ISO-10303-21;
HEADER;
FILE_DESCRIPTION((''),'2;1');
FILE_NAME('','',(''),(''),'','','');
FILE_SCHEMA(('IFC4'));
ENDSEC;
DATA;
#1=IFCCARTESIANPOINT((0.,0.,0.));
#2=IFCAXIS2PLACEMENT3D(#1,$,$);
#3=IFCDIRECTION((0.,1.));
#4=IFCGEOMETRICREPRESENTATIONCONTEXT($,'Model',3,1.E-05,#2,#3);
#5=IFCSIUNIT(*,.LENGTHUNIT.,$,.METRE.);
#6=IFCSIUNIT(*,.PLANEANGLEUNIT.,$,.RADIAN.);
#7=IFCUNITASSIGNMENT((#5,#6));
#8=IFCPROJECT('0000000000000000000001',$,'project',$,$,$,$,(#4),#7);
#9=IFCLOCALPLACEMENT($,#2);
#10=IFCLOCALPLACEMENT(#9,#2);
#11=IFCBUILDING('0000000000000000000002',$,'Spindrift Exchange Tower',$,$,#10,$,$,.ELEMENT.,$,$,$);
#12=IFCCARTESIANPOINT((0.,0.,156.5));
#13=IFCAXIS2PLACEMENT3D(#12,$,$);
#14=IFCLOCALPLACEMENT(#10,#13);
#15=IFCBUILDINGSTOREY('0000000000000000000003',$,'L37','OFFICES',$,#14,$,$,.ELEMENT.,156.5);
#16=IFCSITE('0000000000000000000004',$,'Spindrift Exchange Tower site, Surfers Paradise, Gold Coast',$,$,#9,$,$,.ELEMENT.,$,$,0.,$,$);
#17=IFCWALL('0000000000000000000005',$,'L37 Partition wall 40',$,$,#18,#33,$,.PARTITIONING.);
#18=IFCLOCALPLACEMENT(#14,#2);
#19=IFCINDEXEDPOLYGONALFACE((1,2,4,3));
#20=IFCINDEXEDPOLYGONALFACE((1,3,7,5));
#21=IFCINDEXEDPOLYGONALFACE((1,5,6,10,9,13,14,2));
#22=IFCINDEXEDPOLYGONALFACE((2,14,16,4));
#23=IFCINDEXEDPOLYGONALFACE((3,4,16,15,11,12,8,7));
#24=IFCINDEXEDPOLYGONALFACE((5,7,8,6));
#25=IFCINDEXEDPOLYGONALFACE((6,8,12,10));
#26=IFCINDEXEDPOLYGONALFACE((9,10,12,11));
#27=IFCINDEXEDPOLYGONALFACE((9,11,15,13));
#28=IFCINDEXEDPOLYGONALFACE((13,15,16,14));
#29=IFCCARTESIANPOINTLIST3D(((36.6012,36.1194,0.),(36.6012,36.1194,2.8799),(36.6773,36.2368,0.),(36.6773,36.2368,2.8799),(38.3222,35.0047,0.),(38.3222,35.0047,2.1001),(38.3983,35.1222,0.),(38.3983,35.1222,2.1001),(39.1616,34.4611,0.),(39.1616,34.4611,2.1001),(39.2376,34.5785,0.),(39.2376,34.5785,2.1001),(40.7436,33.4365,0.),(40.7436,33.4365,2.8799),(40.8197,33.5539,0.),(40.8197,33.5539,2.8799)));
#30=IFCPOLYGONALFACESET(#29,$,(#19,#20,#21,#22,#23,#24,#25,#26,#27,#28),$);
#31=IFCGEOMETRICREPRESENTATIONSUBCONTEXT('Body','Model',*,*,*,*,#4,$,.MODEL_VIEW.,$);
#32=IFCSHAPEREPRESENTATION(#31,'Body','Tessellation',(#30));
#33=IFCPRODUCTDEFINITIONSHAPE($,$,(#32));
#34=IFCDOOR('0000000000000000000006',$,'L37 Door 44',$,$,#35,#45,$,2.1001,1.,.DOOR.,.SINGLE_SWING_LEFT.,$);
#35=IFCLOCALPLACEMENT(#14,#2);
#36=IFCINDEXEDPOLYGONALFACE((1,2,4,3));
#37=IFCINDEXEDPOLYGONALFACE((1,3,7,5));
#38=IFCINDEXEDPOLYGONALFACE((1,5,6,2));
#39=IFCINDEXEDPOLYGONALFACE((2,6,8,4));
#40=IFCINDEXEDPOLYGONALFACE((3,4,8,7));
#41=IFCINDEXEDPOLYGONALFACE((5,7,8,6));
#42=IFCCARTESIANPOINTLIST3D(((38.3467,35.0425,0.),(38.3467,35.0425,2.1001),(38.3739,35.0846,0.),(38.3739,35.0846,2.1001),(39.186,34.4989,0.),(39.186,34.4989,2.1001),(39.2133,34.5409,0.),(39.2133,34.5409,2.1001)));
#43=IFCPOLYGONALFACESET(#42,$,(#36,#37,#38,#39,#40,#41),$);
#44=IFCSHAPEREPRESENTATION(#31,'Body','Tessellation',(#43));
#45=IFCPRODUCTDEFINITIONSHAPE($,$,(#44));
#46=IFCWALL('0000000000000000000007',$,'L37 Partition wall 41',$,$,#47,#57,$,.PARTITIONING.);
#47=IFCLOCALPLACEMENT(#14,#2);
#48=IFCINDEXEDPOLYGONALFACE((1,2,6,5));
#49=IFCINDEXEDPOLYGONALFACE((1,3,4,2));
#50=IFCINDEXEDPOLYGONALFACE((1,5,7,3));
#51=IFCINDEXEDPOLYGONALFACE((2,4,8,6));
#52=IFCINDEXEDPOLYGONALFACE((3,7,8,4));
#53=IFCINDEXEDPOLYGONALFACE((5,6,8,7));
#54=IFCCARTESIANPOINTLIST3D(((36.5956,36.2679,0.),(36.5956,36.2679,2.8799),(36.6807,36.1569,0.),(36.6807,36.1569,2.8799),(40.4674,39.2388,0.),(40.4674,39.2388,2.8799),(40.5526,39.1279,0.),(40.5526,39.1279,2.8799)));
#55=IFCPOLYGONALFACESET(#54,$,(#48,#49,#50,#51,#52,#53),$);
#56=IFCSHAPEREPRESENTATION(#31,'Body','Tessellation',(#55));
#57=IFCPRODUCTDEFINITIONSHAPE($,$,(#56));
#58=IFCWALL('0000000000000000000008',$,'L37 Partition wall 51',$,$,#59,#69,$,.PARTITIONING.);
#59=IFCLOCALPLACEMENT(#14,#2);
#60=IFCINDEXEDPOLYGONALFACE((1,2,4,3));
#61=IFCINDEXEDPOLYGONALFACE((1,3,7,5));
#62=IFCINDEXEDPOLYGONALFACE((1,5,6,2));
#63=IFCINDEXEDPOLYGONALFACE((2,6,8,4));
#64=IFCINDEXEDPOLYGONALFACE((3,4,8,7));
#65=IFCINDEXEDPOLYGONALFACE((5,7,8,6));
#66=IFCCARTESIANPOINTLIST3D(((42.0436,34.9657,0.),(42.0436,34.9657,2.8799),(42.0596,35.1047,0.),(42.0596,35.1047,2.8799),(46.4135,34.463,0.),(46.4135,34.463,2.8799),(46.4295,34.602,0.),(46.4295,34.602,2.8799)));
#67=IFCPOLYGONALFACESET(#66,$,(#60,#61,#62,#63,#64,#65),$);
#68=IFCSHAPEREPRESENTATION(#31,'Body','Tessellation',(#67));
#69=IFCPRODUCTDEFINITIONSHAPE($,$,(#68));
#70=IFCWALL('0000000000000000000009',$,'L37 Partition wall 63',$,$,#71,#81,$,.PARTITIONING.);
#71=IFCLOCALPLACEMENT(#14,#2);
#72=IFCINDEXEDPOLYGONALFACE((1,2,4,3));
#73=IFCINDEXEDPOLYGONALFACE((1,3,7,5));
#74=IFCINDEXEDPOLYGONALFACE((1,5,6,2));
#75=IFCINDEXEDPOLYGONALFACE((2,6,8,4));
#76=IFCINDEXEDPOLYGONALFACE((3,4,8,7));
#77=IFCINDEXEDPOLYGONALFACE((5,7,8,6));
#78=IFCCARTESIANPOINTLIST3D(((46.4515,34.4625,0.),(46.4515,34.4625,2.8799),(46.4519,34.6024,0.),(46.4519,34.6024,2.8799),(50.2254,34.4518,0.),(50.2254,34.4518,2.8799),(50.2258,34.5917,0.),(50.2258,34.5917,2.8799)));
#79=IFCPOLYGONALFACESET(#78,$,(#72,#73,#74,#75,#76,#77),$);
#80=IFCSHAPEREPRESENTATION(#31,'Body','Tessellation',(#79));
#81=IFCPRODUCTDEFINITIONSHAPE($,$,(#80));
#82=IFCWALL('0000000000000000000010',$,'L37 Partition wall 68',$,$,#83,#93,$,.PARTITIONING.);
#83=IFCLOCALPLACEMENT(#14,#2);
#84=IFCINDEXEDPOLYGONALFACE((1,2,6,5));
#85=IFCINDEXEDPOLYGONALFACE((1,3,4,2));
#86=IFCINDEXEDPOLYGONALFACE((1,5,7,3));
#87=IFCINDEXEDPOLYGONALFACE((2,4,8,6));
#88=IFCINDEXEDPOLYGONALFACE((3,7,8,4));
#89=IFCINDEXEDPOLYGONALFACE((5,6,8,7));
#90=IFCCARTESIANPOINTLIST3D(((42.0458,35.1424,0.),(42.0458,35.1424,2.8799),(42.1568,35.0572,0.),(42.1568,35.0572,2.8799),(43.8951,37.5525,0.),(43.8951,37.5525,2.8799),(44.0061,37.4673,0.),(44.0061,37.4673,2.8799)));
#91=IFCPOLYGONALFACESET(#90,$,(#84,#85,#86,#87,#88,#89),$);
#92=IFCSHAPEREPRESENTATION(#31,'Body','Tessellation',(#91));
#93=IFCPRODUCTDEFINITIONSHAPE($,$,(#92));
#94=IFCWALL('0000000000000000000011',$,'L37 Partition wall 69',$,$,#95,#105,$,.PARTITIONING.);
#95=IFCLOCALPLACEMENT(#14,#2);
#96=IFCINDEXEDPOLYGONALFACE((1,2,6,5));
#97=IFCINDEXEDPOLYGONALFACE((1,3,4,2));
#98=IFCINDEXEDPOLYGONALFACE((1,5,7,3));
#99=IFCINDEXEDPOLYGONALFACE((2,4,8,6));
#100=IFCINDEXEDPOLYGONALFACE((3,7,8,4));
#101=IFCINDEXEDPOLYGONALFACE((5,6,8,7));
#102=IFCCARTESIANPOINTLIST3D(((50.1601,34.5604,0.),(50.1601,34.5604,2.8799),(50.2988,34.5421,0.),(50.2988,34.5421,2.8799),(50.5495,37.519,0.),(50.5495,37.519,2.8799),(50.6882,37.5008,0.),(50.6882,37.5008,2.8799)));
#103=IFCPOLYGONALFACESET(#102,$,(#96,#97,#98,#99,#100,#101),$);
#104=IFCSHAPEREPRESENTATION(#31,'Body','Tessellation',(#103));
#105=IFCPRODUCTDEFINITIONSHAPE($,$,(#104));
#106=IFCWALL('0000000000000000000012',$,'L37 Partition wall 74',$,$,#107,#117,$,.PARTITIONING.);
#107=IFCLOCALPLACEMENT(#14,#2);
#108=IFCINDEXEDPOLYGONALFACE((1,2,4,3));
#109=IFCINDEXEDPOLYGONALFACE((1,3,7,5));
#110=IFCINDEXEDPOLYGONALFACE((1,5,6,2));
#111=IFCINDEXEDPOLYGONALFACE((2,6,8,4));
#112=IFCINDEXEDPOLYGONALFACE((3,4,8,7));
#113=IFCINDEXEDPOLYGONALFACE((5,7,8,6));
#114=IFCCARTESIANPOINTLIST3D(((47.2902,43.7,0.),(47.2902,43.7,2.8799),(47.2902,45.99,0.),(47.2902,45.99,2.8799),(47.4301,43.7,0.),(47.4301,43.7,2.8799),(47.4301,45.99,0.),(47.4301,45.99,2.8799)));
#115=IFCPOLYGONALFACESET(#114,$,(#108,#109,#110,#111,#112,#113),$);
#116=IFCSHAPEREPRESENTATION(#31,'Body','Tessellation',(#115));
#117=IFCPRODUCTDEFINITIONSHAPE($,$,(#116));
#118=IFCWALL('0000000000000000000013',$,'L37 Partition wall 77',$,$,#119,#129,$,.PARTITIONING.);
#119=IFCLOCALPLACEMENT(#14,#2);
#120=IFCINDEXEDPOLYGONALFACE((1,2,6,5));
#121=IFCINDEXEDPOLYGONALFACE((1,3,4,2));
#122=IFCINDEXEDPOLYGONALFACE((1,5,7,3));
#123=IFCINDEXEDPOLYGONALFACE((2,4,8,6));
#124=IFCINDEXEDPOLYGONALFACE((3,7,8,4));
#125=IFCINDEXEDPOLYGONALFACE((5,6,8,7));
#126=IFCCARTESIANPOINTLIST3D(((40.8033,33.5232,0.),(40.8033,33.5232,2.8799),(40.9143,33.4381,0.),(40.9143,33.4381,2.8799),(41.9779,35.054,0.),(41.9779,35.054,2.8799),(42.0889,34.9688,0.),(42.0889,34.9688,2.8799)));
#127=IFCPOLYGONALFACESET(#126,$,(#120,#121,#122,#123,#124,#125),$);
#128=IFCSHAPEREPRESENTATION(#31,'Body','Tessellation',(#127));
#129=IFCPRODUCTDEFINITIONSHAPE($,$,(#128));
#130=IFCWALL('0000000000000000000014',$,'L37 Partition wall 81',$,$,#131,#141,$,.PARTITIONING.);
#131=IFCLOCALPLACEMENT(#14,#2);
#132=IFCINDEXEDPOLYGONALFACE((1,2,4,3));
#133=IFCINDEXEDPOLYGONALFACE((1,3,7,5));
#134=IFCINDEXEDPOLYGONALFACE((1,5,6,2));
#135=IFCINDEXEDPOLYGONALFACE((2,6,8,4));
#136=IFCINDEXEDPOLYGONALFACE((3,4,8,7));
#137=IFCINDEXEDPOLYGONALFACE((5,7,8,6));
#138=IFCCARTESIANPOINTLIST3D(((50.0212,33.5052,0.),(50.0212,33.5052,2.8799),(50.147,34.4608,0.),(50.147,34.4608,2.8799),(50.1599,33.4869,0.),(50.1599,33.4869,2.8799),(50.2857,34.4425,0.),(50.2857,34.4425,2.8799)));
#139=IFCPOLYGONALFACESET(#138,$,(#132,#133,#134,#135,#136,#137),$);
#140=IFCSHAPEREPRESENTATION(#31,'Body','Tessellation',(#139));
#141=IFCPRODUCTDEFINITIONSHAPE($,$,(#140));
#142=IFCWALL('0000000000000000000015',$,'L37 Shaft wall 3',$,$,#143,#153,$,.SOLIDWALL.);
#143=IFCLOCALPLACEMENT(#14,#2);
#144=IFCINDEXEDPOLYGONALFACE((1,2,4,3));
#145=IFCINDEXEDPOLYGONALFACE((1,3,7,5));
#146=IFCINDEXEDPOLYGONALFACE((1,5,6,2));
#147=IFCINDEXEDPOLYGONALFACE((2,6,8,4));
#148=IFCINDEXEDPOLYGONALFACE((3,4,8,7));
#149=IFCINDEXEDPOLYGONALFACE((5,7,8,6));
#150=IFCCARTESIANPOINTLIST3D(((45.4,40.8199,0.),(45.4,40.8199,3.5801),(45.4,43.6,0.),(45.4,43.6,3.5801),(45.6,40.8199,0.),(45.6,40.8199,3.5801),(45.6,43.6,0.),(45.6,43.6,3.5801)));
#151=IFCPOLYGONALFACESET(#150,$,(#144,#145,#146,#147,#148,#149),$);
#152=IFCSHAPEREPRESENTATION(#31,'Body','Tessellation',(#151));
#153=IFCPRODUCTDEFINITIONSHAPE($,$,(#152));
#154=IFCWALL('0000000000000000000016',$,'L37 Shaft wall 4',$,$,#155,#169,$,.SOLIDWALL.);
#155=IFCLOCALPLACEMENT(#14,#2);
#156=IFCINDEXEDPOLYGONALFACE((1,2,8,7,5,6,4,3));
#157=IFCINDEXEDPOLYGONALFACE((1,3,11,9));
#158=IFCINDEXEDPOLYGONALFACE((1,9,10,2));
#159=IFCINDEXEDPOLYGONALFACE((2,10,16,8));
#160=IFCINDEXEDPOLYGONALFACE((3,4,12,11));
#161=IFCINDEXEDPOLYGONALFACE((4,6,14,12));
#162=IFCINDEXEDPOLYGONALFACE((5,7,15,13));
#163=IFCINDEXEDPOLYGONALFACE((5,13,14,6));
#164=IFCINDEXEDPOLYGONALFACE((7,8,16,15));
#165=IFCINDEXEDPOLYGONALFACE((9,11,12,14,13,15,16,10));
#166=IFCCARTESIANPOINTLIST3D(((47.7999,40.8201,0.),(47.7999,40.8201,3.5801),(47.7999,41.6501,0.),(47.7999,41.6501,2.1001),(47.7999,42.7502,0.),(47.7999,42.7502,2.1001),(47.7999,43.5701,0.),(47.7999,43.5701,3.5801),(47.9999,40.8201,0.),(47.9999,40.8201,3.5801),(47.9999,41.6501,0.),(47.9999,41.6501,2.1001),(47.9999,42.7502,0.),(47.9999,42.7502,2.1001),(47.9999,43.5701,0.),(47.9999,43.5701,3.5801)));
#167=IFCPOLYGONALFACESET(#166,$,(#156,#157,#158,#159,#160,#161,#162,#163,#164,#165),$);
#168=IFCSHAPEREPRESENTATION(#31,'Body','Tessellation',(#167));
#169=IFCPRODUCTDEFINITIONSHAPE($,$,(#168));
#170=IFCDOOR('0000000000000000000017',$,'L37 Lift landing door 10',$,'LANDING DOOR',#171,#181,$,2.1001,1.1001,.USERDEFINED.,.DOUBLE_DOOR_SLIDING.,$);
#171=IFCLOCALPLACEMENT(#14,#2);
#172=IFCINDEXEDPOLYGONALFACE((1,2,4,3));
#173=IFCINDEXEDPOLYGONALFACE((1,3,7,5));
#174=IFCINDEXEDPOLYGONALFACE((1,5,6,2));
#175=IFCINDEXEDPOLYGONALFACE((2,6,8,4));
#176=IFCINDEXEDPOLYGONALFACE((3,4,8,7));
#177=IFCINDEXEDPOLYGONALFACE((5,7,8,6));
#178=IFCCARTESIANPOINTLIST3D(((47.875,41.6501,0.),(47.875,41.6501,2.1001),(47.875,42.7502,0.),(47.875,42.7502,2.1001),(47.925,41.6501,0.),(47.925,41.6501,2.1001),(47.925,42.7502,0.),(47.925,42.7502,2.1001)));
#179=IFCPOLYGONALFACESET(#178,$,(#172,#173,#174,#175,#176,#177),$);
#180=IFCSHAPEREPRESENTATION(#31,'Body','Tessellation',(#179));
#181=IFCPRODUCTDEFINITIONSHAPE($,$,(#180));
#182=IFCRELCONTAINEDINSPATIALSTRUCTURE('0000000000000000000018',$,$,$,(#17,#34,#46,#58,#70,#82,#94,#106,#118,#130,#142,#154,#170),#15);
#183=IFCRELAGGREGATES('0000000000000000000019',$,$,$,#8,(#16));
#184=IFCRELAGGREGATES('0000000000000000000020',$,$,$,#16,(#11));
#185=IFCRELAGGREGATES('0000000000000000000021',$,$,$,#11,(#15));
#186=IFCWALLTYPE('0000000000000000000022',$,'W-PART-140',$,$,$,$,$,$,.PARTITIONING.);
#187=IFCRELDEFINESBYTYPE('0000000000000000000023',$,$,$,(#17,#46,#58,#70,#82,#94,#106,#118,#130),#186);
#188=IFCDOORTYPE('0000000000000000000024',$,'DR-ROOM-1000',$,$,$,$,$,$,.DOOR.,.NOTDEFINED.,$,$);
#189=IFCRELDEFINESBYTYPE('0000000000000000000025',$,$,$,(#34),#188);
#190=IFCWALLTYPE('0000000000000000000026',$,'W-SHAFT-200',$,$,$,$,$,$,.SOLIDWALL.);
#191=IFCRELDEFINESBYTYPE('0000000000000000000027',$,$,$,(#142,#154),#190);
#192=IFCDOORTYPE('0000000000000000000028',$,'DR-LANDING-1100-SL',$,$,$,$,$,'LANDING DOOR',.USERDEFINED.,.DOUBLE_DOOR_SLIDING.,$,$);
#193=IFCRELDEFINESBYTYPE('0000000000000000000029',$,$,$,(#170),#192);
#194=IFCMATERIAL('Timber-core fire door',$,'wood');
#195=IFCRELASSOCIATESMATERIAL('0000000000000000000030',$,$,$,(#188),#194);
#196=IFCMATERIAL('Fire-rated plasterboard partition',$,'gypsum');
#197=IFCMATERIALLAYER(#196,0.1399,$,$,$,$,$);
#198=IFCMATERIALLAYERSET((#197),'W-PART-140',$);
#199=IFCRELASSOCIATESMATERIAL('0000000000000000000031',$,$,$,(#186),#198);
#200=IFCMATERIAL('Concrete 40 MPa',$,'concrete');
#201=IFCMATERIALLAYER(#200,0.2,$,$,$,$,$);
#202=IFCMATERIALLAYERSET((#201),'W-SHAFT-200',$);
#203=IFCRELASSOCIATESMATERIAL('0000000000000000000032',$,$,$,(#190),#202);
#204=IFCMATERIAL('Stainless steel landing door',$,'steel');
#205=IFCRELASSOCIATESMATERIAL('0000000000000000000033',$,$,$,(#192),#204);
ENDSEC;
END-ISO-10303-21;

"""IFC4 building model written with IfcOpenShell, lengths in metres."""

from ifc_helpers import new_model, si_unit, direction, frame, frame_2d, origin, place, context, subcontext, project, spatial, rectangle, extrude, source, transform, mapped, material, layer, layer_set, type_object, element, fill, save


model = new_model("IFC4")

# Units and contexts
model_context = context("Model", 3, precision=1e-05, world=origin(), true_north=direction((0.0, 1.0)))
body_context = subcontext(model_context, "Body", "Model", "MODEL_VIEW")
ifc_project = project(units=[si_unit("LENGTHUNIT", "METRE"), si_unit("PLANEANGLEUNIT", "RADIAN")], contexts=[model_context])

# Site, building, storey
site_placement = place(None, origin())
site = spatial("IfcSite", under=ifc_project, at=site_placement, Name="Spindrift Exchange Tower site, Surfers Paradise, Gold Coast", CompositionType="ELEMENT", RefElevation=0.0)
building_placement = place(site_placement, origin())
building = spatial("IfcBuilding", under=site, at=building_placement, Name="Spindrift Exchange Tower", CompositionType="ELEMENT")
storey_placement = place(building_placement, frame((0.0, 0.0, 156.5)))
storey = spatial("IfcBuildingStorey", under=building, at=storey_placement, Name="L37", Description="OFFICES", CompositionType="ELEMENT", Elevation=156.5)

# Shared definitions
ifc_material_1 = material(Name="Timber-core fire door", Category="wood")
ifc_material_2 = material(Name="Fire-rated plasterboard partition", Category="gypsum")
door_type_1 = type_object("IfcDoorType", Name="DR-ROOM-1000", OperationType="NOTDEFINED", PredefinedType="DOOR", material=ifc_material_1)
shared_shape_1 = source(origin(), body_context, "Body", "SweptSolid", [
    extrude(rectangle(XDim=1.0, YDim=2.1001, at=frame_2d((0.5, 1.05))), frame((0.0, 0.0249, 0.0), z_axis=(0.0, -1.0, 0.0), x_axis=(1.0, 0.0, 0.0)), (0.0, 0.0, 1.0), 0.05),
])

# Shared definitions
ifc_layer_1 = layer(ifc_material_2, 0.1399)
ifc_layer_set_1 = layer_set([ifc_layer_1], Name="W-PART-140")
wall_type_1 = type_object("IfcWallType", Name="W-PART-140", PredefinedType="PARTITIONING", material=ifc_layer_set_1)

# Wall, opening, door
wall_1_placement = place(storey_placement, frame((40.7817, 33.4951, 0.0), z_axis=(0.0, 0.0, 1.0), x_axis=(-0.839336, 0.543612, 0.0)))
wall_1 = element("IfcWall", 1, at=wall_1_placement, inside=storey, type_object=wall_type_1, Name="L37 Partition wall 40", PredefinedType="PARTITIONING", context=body_context, shape_type="SweptSolid", body=[
    extrude(rectangle(XDim=4.9353, YDim=0.1399, at=frame_2d((2.4678, 0.0))), origin(), (0.0, 0.0, 1.0), 2.8799),
])
opening_1_placement = place(wall_1_placement, frame((1.885, 0.0, 0.0)))
opening_1 = element("IfcOpeningElement", 2, at=opening_1_placement, cuts=wall_1, PredefinedType="OPENING", context=body_context, shape_type="SweptSolid", body=[
    extrude(rectangle(XDim=1.0, YDim=2.1001, at=frame_2d((0.5, 1.05))), frame((0.0, 0.0798, 0.0), z_axis=(0.0, -1.0, 0.0), x_axis=(1.0, 0.0, 0.0)), (0.0, 0.0, 1.0), 0.1599),
])
door_1_placement = place(opening_1_placement, origin())
door_1 = element("IfcDoor", 3, at=door_1_placement, inside=storey, type_object=door_type_1, Name="L37 Door 44", OperationType="SINGLE_SWING_LEFT", OverallHeight=2.1001, OverallWidth=1.0, PredefinedType="DOOR", context=body_context, shape_type="MappedRepresentation", body=[
    mapped(shared_shape_1, transform((0.0, 0.0, 0.0), scale=1.0)),
])
fill(opening_1, door_1)

# Walls
wall_2_placement = place(storey_placement, frame((40.51, 39.1833, 0.0), z_axis=(0.0, 0.0, 1.0), x_axis=(-0.793354, -0.60876, 0.0)))
element("IfcWall", 4, at=wall_2_placement, inside=storey, type_object=wall_type_1, Name="L37 Partition wall 41", PredefinedType="PARTITIONING", context=body_context, shape_type="SweptSolid", body=[
    extrude(rectangle(XDim=4.8804, YDim=0.1399, at=frame_2d((2.4402, 0.0))), origin(), (0.0, 0.0, 1.0), 2.8799),
])
wall_3_placement = place(storey_placement, frame((42.0518, 35.0352, 0.0), z_axis=(0.0, 0.0, 1.0), x_axis=(0.993448, -0.114281, 0.0)))
element("IfcWall", 5, at=wall_3_placement, inside=storey, type_object=wall_type_1, Name="L37 Partition wall 51", PredefinedType="PARTITIONING", context=body_context, shape_type="SweptSolid", body=[
    extrude(rectangle(XDim=4.3987, YDim=0.1399, at=frame_2d((2.1992, 0.0))), origin(), (0.0, 0.0, 1.0), 2.8799),
])
wall_4_placement = place(storey_placement, frame((46.4517, 34.5325, 0.0), z_axis=(0.0, 0.0, 1.0), x_axis=(0.999996, -0.002846, 0.0)))
element("IfcWall", 6, at=wall_4_placement, inside=storey, type_object=wall_type_1, Name="L37 Partition wall 63", PredefinedType="PARTITIONING", context=body_context, shape_type="SweptSolid", body=[
    extrude(rectangle(XDim=3.7739, YDim=0.1399, at=frame_2d((1.887, 0.0))), origin(), (0.0, 0.0, 1.0), 2.8799),
])
wall_5_placement = place(storey_placement, frame((43.9507, 37.51, 0.0), z_axis=(0.0, 0.0, 1.0), x_axis=(-0.608759, -0.793355, 0.0)))
element("IfcWall", 7, at=wall_5_placement, inside=storey, type_object=wall_type_1, Name="L37 Partition wall 68", PredefinedType="PARTITIONING", context=body_context, shape_type="SweptSolid", body=[
    extrude(rectangle(XDim=3.0378, YDim=0.1399, at=frame_2d((1.519, 0.0))), origin(), (0.0, 0.0, 1.0), 2.8799),
])
wall_6_placement = place(storey_placement, frame((50.6189, 37.51, 0.0), z_axis=(0.0, 0.0, 1.0), x_axis=(-0.130497, -0.991449, 0.0)))
element("IfcWall", 8, at=wall_6_placement, inside=storey, type_object=wall_type_1, Name="L37 Partition wall 69", PredefinedType="PARTITIONING", context=body_context, shape_type="SweptSolid", body=[
    extrude(rectangle(XDim=2.9841, YDim=0.1399, at=frame_2d((1.4922, 0.0))), origin(), (0.0, 0.0, 1.0), 2.8799),
])
wall_7_placement = place(storey_placement, frame((47.3601, 43.7, 0.0), z_axis=(0.0, 0.0, 1.0), x_axis=(0.0, 1.0, 0.0)))
element("IfcWall", 9, at=wall_7_placement, inside=storey, type_object=wall_type_1, Name="L37 Partition wall 74", PredefinedType="PARTITIONING", context=body_context, shape_type="SweptSolid", body=[
    extrude(rectangle(XDim=2.29, YDim=0.1399, at=frame_2d((1.145, 0.0))), origin(), (0.0, 0.0, 1.0), 2.8799),
])
wall_8_placement = place(storey_placement, frame((42.0334, 35.0115, 0.0), z_axis=(0.0, 0.0, 1.0), x_axis=(-0.60875, -0.793362, 0.0)))
element("IfcWall", 10, at=wall_8_placement, inside=storey, type_object=wall_type_1, Name="L37 Partition wall 77", PredefinedType="PARTITIONING", context=body_context, shape_type="SweptSolid", body=[
    extrude(rectangle(XDim=1.9294, YDim=0.1399, at=frame_2d((0.9648, 0.0))), origin(), (0.0, 0.0, 1.0), 2.8799),
])
wall_9_placement = place(storey_placement, frame((50.2163, 34.4517, 0.0), z_axis=(0.0, 0.0, 1.0), x_axis=(-0.130455, -0.991454, 0.0)))
element("IfcWall", 11, at=wall_9_placement, inside=storey, type_object=wall_type_1, Name="L37 Partition wall 81", PredefinedType="PARTITIONING", context=body_context, shape_type="SweptSolid", body=[
    extrude(rectangle(XDim=0.9639, YDim=0.1399, at=frame_2d((0.4819, 0.0))), origin(), (0.0, 0.0, 1.0), 2.8799),
])
ifc_material_3 = material(Name="Concrete 40 MPa", Category="concrete")
ifc_layer_2 = layer(ifc_material_3, 0.2)
ifc_layer_set_2 = layer_set([ifc_layer_2], Name="W-SHAFT-200")
wall_type_2 = type_object("IfcWallType", Name="W-SHAFT-200", PredefinedType="SOLIDWALL", material=ifc_layer_set_2)
wall_10_placement = place(storey_placement, frame((45.5, 43.6001, 0.0), z_axis=(0.0, 0.0, 1.0), x_axis=(0.0, -1.0, 0.0)))
element("IfcWall", 12, at=wall_10_placement, inside=storey, type_object=wall_type_2, Name="L37 Shaft wall 3", PredefinedType="SOLIDWALL", context=body_context, shape_type="SweptSolid", body=[
    extrude(rectangle(XDim=2.78, YDim=0.2, at=frame_2d((1.3901, 0.0))), origin(), (0.0, 0.0, 1.0), 3.5801),
])

# Wall, opening, door
wall_11_placement = place(storey_placement, frame((47.8999, 40.8201, 0.0), z_axis=(0.0, 0.0, 1.0), x_axis=(0.0, 1.0, 0.0)))
wall_11 = element("IfcWall", 13, at=wall_11_placement, inside=storey, type_object=wall_type_2, Name="L37 Shaft wall 4", PredefinedType="SOLIDWALL", context=body_context, shape_type="SweptSolid", body=[
    extrude(rectangle(XDim=2.75, YDim=0.2, at=frame_2d((1.375, 0.0))), origin(), (0.0, 0.0, 1.0), 3.5801),
])
opening_2_placement = place(wall_11_placement, frame((0.8301, 0.0, 0.0)))
opening_2 = element("IfcOpeningElement", 14, at=opening_2_placement, cuts=wall_11, PredefinedType="OPENING", context=body_context, shape_type="SweptSolid", body=[
    extrude(rectangle(XDim=1.1001, YDim=2.1001, at=frame_2d((0.55, 1.05))), frame((0.0, 0.1099, 0.0), z_axis=(0.0, -1.0, 0.0), x_axis=(1.0, 0.0, 0.0)), (0.0, 0.0, 1.0), 0.22),
])
ifc_material_4 = material(Name="Stainless steel landing door", Category="steel")
door_type_2 = type_object("IfcDoorType", Name="DR-LANDING-1100-SL", ElementType="LANDING DOOR", OperationType="DOUBLE_DOOR_SLIDING", PredefinedType="USERDEFINED", material=ifc_material_4)
shared_shape_2 = source(origin(), body_context, "Body", "SweptSolid", [
    extrude(rectangle(XDim=1.1001, YDim=2.1001, at=frame_2d((0.55, 1.05))), frame((0.0, 0.0249, 0.0), z_axis=(0.0, -1.0, 0.0), x_axis=(1.0, 0.0, 0.0)), (0.0, 0.0, 1.0), 0.05),
])
door_2_placement = place(opening_2_placement, origin())
door_2 = element("IfcDoor", 15, at=door_2_placement, inside=storey, type_object=door_type_2, Name="L37 Lift landing door 10", ObjectType="LANDING DOOR", OperationType="DOUBLE_DOOR_SLIDING", OverallHeight=2.1001, OverallWidth=1.1001, PredefinedType="USERDEFINED", context=body_context, shape_type="MappedRepresentation", body=[
    mapped(shared_shape_2, transform((0.0, 0.0, 0.0), scale=1.0)),
])
fill(opening_2, door_2)

save(model, "model.ifc")
